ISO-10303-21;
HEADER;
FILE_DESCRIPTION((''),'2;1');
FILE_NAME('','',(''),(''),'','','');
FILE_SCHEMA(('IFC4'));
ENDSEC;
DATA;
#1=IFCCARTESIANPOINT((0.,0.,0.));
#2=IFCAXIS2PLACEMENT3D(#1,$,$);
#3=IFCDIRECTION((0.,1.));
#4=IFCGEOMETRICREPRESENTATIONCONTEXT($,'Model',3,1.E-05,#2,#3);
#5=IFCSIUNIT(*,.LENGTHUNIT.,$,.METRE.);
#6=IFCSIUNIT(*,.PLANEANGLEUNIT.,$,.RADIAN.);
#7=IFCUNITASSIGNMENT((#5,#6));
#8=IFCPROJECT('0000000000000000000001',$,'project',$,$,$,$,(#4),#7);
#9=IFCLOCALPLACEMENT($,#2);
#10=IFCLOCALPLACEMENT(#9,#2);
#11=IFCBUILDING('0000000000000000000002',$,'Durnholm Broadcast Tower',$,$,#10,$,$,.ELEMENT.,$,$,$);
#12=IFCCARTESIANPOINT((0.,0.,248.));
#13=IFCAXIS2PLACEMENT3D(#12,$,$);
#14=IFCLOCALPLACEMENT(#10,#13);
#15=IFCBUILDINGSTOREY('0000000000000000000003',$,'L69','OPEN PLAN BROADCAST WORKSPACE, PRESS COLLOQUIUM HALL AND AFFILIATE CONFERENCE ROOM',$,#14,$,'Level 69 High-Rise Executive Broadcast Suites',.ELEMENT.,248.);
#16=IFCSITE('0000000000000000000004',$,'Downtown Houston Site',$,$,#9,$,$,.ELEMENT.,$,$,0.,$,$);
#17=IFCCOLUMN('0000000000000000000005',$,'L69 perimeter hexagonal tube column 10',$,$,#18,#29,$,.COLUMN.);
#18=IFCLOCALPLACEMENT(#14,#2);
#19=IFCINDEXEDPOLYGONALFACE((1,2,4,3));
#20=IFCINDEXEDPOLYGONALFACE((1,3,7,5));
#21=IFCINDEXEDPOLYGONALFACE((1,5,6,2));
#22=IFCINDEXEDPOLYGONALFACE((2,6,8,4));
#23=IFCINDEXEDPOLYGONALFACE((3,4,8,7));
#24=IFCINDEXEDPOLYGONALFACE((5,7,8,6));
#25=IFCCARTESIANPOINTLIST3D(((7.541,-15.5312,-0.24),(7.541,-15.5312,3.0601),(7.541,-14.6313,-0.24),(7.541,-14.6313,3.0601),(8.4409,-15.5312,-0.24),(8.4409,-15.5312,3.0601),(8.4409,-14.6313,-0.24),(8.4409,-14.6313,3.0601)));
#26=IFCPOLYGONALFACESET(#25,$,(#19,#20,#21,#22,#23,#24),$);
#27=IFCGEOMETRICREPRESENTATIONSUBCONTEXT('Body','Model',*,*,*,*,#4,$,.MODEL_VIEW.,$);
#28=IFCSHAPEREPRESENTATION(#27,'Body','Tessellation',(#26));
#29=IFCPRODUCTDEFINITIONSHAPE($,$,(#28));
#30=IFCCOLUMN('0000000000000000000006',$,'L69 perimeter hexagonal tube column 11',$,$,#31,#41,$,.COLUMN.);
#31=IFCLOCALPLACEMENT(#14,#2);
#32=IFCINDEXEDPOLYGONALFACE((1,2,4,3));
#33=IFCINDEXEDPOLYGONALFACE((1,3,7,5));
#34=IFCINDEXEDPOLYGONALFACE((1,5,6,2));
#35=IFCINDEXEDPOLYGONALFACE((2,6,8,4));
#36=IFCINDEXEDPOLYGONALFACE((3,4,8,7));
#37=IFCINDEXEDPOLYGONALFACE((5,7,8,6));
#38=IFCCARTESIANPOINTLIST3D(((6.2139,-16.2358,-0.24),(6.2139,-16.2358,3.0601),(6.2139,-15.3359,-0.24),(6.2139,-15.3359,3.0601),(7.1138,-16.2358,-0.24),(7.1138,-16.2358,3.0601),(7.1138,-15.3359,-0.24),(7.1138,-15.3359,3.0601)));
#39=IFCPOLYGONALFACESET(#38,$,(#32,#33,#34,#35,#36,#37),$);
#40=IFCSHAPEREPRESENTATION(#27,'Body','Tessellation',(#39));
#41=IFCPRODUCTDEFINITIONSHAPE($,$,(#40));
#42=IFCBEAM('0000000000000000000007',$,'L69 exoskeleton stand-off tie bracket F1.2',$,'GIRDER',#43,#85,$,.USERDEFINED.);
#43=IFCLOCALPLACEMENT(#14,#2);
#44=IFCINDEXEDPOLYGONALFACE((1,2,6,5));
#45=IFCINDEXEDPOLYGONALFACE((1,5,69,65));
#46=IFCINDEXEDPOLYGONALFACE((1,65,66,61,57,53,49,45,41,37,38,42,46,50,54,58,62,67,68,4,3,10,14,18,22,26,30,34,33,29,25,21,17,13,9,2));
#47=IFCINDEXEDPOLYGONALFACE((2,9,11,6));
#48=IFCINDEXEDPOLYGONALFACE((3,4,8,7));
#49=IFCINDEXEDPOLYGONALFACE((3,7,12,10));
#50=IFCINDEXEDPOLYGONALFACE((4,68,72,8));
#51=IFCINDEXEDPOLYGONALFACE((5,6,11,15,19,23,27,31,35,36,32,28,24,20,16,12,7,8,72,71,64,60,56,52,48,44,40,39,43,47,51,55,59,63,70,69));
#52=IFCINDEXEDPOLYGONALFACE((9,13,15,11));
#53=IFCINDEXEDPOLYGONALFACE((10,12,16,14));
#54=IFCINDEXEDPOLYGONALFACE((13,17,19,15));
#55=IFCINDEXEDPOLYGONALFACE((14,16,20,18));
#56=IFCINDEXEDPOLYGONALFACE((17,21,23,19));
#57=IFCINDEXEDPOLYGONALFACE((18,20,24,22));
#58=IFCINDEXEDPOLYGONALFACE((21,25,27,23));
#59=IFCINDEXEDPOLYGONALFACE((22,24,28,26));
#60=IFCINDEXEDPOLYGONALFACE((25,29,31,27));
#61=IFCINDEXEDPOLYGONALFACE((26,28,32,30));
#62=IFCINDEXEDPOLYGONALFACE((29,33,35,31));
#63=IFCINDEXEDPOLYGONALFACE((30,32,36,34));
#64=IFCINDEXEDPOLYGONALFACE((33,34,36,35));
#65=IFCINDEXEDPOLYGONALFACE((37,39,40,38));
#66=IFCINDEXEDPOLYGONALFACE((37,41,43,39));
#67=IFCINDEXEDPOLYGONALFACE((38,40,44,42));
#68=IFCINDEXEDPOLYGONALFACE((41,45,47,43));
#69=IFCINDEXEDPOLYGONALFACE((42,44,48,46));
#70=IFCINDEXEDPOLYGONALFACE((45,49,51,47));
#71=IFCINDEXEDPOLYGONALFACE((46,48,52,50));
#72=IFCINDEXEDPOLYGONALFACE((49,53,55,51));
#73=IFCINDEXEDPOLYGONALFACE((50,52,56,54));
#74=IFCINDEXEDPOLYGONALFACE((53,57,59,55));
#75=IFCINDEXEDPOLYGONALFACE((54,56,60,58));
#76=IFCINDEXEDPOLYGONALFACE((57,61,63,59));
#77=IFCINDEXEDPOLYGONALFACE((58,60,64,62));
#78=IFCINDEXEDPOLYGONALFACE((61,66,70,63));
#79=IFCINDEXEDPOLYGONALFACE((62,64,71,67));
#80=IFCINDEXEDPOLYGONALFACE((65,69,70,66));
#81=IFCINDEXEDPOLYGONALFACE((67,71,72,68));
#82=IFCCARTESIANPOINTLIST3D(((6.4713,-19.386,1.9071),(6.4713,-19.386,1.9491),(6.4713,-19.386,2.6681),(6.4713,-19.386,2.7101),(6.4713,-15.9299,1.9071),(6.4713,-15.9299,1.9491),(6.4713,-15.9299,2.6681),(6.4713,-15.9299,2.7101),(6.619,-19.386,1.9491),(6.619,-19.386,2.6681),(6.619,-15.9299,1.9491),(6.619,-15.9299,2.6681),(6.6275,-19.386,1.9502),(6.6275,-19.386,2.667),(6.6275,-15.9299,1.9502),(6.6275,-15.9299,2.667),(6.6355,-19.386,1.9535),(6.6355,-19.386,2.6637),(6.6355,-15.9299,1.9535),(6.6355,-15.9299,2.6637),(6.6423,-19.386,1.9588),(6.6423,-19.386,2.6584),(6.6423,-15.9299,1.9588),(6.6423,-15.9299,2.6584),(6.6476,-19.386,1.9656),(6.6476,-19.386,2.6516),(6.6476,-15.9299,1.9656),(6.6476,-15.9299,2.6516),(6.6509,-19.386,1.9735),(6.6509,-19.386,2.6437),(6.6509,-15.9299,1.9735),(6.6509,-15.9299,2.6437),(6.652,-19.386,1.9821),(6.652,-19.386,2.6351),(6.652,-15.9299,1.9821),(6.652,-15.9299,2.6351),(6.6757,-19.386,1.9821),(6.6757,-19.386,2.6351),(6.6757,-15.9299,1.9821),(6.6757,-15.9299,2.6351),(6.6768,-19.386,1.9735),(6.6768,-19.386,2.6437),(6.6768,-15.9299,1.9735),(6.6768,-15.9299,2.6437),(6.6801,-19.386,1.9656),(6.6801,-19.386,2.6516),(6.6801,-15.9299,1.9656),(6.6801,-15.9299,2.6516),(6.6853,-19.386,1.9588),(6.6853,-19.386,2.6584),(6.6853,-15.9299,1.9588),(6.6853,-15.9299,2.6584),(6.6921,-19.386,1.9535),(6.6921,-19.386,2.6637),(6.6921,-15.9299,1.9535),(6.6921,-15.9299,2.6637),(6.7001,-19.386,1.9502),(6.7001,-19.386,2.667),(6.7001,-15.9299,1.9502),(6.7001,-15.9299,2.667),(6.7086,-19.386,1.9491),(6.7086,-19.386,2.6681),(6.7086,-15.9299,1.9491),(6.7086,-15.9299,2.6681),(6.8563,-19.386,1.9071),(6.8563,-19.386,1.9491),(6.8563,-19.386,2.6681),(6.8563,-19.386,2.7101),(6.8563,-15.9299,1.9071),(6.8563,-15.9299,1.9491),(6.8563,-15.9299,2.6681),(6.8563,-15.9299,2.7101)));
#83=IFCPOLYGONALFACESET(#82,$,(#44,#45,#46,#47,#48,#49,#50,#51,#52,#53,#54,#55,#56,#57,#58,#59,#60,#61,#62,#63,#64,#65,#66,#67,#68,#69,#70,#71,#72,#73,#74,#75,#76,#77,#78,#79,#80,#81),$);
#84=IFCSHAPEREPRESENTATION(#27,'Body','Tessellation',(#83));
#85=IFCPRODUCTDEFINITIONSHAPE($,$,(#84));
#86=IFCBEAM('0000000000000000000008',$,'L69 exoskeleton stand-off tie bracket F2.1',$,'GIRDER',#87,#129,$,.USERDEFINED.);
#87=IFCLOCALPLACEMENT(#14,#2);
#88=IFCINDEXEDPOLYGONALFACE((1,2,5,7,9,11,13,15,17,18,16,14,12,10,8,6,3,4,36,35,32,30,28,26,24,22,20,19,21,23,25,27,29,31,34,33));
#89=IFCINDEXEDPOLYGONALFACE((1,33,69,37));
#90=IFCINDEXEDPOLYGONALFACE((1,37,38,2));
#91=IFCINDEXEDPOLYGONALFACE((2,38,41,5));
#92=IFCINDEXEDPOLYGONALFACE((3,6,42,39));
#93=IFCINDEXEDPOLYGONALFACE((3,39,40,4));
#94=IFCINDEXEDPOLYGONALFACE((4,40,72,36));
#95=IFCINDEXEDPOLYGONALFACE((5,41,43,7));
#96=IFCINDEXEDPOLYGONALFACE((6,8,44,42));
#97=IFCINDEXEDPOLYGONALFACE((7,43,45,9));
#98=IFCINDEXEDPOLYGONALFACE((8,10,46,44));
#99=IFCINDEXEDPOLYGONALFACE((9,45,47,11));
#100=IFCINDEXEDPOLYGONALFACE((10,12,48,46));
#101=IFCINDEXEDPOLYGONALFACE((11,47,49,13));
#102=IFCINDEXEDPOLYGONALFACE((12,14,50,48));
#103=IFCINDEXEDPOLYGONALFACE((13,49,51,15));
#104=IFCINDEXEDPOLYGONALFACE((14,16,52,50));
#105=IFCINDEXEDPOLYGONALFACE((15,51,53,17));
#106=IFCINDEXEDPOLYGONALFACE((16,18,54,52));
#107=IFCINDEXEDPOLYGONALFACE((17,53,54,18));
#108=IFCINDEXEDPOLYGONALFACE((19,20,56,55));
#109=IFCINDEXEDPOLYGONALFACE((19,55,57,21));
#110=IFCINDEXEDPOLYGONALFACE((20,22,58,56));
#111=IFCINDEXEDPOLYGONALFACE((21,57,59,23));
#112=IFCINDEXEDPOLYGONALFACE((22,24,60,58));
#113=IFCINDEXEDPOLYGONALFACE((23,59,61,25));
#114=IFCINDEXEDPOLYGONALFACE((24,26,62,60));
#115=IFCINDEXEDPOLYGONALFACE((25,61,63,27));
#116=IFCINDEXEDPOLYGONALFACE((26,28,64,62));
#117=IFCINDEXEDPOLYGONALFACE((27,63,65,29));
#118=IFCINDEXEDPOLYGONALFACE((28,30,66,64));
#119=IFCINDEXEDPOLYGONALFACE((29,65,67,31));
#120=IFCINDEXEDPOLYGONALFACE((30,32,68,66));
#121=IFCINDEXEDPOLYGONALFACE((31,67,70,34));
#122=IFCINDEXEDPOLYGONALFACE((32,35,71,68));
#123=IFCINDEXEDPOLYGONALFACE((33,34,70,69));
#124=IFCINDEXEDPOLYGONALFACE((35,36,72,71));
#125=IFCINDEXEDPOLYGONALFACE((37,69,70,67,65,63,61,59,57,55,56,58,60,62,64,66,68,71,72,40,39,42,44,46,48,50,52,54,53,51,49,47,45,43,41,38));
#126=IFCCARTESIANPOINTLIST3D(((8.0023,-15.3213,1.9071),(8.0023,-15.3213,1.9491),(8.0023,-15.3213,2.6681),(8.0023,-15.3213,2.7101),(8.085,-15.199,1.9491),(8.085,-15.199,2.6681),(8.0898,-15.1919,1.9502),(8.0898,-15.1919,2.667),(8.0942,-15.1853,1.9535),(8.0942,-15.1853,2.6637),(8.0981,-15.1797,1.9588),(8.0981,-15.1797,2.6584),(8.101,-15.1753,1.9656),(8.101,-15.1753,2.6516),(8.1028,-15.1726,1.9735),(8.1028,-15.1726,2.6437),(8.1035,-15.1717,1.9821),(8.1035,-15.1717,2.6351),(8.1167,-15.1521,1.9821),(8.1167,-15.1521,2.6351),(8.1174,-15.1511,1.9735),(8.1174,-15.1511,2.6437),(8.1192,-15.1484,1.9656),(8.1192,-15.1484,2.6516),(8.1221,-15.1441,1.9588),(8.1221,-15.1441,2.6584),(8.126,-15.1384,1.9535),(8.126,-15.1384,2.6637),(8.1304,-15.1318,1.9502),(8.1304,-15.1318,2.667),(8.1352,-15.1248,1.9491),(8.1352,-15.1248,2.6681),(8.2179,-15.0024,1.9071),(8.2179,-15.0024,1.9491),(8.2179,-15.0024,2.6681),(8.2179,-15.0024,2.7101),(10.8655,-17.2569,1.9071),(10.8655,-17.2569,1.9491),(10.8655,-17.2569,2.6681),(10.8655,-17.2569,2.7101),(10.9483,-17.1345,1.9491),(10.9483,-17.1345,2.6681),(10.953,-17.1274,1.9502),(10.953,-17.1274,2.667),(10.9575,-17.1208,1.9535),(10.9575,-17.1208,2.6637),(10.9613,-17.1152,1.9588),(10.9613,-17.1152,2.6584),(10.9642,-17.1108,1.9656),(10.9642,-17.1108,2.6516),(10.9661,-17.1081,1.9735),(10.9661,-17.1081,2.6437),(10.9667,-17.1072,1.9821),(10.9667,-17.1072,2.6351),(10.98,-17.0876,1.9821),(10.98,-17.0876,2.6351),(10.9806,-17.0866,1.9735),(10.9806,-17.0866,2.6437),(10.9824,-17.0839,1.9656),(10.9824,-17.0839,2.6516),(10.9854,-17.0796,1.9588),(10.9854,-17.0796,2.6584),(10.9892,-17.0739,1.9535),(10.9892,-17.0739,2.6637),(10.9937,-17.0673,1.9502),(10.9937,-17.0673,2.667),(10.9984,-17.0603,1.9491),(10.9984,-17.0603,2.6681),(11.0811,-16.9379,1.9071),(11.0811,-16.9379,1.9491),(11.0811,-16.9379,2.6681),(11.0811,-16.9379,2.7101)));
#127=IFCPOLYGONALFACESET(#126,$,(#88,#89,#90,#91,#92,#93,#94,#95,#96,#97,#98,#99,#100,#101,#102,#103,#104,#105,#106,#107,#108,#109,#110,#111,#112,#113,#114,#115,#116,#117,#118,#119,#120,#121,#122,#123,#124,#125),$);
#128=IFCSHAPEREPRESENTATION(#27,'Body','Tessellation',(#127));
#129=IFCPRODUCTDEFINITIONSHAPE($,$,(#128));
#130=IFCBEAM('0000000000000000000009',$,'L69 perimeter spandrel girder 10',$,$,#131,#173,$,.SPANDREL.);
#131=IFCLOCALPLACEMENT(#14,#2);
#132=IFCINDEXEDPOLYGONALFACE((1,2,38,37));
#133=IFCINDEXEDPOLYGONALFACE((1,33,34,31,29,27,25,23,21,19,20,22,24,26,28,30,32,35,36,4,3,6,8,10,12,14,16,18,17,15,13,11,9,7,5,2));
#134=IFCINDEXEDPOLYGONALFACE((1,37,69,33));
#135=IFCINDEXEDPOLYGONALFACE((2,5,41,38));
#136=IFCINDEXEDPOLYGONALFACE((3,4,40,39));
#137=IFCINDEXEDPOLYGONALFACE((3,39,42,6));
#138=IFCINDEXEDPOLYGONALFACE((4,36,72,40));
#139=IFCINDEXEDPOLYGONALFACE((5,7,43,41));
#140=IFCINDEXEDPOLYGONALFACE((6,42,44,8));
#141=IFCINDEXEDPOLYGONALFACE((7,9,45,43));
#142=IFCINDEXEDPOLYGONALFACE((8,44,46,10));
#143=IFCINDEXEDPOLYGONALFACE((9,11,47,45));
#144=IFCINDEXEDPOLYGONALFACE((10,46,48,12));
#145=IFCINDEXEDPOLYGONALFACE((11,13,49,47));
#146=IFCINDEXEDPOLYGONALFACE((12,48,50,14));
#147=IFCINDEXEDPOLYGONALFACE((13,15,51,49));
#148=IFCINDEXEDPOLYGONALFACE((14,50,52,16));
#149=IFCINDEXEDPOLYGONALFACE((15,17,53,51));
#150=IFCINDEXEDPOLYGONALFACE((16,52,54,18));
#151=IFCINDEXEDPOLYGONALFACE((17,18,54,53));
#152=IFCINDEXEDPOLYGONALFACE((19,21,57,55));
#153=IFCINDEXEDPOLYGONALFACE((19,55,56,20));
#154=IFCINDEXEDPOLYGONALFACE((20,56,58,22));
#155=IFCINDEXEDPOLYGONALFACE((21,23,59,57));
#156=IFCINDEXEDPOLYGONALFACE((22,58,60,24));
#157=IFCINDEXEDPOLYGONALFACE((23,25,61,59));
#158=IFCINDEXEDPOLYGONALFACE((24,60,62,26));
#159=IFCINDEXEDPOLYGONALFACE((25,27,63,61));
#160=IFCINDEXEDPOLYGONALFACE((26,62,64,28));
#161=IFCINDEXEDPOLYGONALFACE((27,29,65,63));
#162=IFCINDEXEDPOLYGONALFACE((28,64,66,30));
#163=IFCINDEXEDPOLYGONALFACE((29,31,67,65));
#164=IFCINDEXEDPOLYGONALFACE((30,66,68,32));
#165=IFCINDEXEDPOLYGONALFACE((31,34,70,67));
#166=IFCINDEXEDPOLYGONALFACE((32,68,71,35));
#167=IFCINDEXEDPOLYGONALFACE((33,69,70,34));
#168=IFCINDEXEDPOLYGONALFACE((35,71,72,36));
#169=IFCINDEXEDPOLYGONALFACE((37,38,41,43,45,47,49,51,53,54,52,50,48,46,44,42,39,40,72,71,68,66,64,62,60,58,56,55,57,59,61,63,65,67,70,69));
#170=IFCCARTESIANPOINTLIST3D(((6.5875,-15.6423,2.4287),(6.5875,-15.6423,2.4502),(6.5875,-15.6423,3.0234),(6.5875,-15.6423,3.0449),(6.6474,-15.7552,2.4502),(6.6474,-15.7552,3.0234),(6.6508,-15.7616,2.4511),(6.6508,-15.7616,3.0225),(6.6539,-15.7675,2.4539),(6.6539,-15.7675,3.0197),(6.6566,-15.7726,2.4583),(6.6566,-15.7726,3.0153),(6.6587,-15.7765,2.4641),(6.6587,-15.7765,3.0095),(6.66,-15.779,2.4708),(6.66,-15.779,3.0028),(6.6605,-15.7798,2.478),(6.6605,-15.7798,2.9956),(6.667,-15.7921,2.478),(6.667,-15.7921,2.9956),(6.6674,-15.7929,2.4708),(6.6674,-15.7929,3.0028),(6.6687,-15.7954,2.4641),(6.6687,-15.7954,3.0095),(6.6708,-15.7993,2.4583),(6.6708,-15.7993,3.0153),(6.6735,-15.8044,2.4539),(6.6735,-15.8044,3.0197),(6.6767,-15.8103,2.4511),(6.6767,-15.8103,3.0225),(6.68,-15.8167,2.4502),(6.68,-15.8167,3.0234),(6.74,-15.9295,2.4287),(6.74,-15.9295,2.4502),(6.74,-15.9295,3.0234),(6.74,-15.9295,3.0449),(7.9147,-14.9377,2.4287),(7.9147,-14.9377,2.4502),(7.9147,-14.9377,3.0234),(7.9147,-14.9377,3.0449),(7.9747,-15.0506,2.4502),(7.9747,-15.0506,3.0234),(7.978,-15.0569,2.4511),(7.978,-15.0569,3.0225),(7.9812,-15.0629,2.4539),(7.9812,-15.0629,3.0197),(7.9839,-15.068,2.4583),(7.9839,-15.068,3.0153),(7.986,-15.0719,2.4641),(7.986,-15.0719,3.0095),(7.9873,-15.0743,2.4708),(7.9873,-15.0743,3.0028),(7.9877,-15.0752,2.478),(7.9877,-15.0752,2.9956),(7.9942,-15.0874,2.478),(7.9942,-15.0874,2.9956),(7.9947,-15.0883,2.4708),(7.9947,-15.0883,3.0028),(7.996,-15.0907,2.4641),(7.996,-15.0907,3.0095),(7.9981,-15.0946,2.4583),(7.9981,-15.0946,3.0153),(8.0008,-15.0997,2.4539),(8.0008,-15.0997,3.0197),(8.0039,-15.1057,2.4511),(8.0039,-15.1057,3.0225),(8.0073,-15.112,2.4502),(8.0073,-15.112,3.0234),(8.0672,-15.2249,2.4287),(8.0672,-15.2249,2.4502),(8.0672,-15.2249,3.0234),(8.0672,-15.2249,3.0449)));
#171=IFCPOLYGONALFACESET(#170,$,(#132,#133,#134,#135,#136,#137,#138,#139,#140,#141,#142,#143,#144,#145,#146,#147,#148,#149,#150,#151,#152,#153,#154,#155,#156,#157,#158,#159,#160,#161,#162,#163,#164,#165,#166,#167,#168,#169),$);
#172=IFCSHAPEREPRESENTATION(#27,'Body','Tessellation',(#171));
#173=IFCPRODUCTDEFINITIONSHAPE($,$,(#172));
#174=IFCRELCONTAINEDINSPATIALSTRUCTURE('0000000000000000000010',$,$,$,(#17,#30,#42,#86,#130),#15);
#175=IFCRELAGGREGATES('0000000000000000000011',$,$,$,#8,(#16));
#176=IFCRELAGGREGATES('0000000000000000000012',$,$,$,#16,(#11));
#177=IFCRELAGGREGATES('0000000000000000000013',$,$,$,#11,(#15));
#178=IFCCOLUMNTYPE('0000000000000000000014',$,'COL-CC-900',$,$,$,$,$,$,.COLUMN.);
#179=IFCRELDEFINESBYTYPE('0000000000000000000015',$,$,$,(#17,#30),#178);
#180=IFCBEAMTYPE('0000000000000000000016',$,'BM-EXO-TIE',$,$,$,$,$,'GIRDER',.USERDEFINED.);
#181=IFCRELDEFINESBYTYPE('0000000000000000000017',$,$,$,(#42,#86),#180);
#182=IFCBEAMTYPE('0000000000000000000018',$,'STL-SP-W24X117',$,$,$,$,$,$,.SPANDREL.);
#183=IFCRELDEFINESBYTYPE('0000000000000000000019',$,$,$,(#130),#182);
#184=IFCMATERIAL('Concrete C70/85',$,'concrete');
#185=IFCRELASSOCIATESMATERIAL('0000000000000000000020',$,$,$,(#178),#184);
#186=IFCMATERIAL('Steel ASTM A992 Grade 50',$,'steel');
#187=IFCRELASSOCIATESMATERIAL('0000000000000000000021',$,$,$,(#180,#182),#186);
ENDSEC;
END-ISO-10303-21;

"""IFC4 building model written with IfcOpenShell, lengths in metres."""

from ifc_helpers import new_model, si_unit, direction, frame, origin, origin_2d, place, context, subcontext, project, spatial, rectangle, i_section, extrude, source, transform, mapped, material, material_profile, profile_set, type_object, type_shapes, element, save


model = new_model("IFC4")

# Units and contexts
model_context = context("Model", 3, precision=1e-05, world=origin(), true_north=direction((0.0, 1.0)))
body_context = subcontext(model_context, "Body", "Model", "MODEL_VIEW")
ifc_project = project(units=[si_unit("LENGTHUNIT", "METRE"), si_unit("PLANEANGLEUNIT", "RADIAN")], contexts=[model_context])

# Site, building, storey
site_placement = place(None, origin())
site = spatial("IfcSite", under=ifc_project, at=site_placement, Name="Downtown Houston Site", CompositionType="ELEMENT", RefElevation=0.0)
building_placement = place(site_placement, origin())
building = spatial("IfcBuilding", under=site, at=building_placement, Name="Durnholm Broadcast Tower", CompositionType="ELEMENT")
storey_placement = place(building_placement, frame((0.0, 0.0, 248.0)))
storey = spatial("IfcBuildingStorey", under=building, at=storey_placement, Name="L69", Description="OPEN PLAN BROADCAST WORKSPACE, PRESS COLLOQUIUM HALL AND AFFILIATE CONFERENCE ROOM", LongName="Level 69 High-Rise Executive Broadcast Suites", CompositionType="ELEMENT", Elevation=248.0)

# Columns
ifc_material_1 = material(Name="Concrete C70/85", Category="concrete")
ifc_material_profile_1 = material_profile(ifc_material_1, rectangle(XDim=0.8999, YDim=0.8999, at=origin_2d()), Name="RC900X900")
ifc_profile_set_1 = profile_set([ifc_material_profile_1], Name="Concrete C70/85")
column_type = type_object("IfcColumnType", Name="COL-CC-900", PredefinedType="COLUMN", material=ifc_profile_set_1)
shared_shape_1 = source(origin(), body_context, "Body", "SweptSolid", [
    extrude(rectangle(XDim=0.8999, YDim=0.8999, at=origin_2d()), origin(), (0.0, 0.0, 1.0), 3.3),
])
type_shapes(column_type, [shared_shape_1])
for number, where, z_axis, x_axis, name in (
    (1, (7.991, -15.0813, -0.24), (0.0, 0.0, 1.0), (1.0, 0.0, 0.0), "L69 perimeter hexagonal tube column 10"),
    (2, (6.6638, -15.7859, -0.24), (0.0, 0.0, 1.0), (1.0, 0.0, 0.0), "L69 perimeter hexagonal tube column 11"),
):
    element("IfcColumn", number, at=place(storey_placement, frame(where, z_axis=z_axis, x_axis=x_axis)), inside=storey, type_object=column_type, Name=name, PredefinedType="COLUMN", context=body_context, shape_type="MappedRepresentation", body=[
        mapped(shared_shape_1, transform((0.0, 0.0, 0.0), x_axis=(1.0, 0.0, 0.0), y_axis=(0.0, 1.0, 0.0), z_axis=(0.0, 0.0, 1.0), scale=1.0)),
    ])

# Beams
ifc_material_2 = material(Name="Steel ASTM A992 Grade 50", Category="steel")
ifc_material_profile_2 = material_profile(ifc_material_2, i_section(OverallWidth=0.385, OverallDepth=0.803, WebThickness=0.0237, FlangeThickness=0.042, FilletRadius=0.033, at=origin_2d()), Name="W30X261")
ifc_profile_set_2 = profile_set([ifc_material_profile_2], Name="Steel ASTM A992 Grade 50")
beam_type_1 = type_object("IfcBeamType", Name="BM-EXO-TIE", ElementType="GIRDER", PredefinedType="USERDEFINED", material=ifc_profile_set_2)
shared_shape_2 = source(origin(), body_context, "Body", "SweptSolid", [
    extrude(i_section(OverallWidth=0.385, OverallDepth=0.803, WebThickness=0.0237, FlangeThickness=0.042, FilletRadius=0.033, at=origin_2d()), origin(), (0.0, 0.0, 1.0), 3.4561),
])
for number, where, z_axis, x_axis, name in (
    (3, (6.6638, -15.9299, 2.3086), (0.0, -1.0, 0.0), (1.0, 0.0, 0.0), "L69 exoskeleton stand-off tie bracket F1.2"),
    (4, (8.1101, -15.1619, 2.3086), (0.828468, -0.560036, 0.0), (0.560036, 0.828468, 0.0), "L69 exoskeleton stand-off tie bracket F2.1"),
):
    element("IfcBeam", number, at=place(storey_placement, frame(where, z_axis=z_axis, x_axis=x_axis)), inside=storey, type_object=beam_type_1, Name=name, ObjectType="GIRDER", PredefinedType="USERDEFINED", context=body_context, shape_type="MappedRepresentation", body=[
        mapped(shared_shape_2, transform((0.0, 0.0, 0.0), x_axis=(1.0, 0.0, 0.0), y_axis=(0.0, 1.0, 0.0), z_axis=(0.0, 0.0, 1.0), scale=1.0)),
    ])
ifc_material_profile_3 = material_profile(ifc_material_2, i_section(OverallWidth=0.3252, OverallDepth=0.6162, WebThickness=0.0139, FlangeThickness=0.0215, FilletRadius=0.0278, at=origin_2d()), Name="W24X117")
ifc_profile_set_3 = profile_set([ifc_material_profile_3], Name="Steel ASTM A992 Grade 50")
beam_type_2 = type_object("IfcBeamType", Name="STL-SP-W24X117", PredefinedType="SPANDREL", material=ifc_profile_set_3)
shared_shape_3 = source(origin(), body_context, "Body", "SweptSolid", [
    extrude(i_section(OverallWidth=0.3252, OverallDepth=0.6162, WebThickness=0.0139, FlangeThickness=0.0215, FilletRadius=0.0278, at=origin_2d()), origin(), (0.0, 0.0, 1.0), 1.5027),
])
beam_1_placement = place(storey_placement, frame((7.991, -15.0813, 2.7368), z_axis=(-0.883242, -0.468918, 0.0), x_axis=(0.468918, -0.883242, 0.0)))
element("IfcBeam", 5, at=beam_1_placement, inside=storey, type_object=beam_type_2, Name="L69 perimeter spandrel girder 10", PredefinedType="SPANDREL", context=body_context, shape_type="MappedRepresentation", body=[
    mapped(shared_shape_3, transform((0.0, 0.0, 0.0), x_axis=(1.0, 0.0, 0.0), y_axis=(0.0, 1.0, 0.0), z_axis=(0.0, 0.0, 1.0), scale=1.0)),
])

save(model, "model.ifc")
